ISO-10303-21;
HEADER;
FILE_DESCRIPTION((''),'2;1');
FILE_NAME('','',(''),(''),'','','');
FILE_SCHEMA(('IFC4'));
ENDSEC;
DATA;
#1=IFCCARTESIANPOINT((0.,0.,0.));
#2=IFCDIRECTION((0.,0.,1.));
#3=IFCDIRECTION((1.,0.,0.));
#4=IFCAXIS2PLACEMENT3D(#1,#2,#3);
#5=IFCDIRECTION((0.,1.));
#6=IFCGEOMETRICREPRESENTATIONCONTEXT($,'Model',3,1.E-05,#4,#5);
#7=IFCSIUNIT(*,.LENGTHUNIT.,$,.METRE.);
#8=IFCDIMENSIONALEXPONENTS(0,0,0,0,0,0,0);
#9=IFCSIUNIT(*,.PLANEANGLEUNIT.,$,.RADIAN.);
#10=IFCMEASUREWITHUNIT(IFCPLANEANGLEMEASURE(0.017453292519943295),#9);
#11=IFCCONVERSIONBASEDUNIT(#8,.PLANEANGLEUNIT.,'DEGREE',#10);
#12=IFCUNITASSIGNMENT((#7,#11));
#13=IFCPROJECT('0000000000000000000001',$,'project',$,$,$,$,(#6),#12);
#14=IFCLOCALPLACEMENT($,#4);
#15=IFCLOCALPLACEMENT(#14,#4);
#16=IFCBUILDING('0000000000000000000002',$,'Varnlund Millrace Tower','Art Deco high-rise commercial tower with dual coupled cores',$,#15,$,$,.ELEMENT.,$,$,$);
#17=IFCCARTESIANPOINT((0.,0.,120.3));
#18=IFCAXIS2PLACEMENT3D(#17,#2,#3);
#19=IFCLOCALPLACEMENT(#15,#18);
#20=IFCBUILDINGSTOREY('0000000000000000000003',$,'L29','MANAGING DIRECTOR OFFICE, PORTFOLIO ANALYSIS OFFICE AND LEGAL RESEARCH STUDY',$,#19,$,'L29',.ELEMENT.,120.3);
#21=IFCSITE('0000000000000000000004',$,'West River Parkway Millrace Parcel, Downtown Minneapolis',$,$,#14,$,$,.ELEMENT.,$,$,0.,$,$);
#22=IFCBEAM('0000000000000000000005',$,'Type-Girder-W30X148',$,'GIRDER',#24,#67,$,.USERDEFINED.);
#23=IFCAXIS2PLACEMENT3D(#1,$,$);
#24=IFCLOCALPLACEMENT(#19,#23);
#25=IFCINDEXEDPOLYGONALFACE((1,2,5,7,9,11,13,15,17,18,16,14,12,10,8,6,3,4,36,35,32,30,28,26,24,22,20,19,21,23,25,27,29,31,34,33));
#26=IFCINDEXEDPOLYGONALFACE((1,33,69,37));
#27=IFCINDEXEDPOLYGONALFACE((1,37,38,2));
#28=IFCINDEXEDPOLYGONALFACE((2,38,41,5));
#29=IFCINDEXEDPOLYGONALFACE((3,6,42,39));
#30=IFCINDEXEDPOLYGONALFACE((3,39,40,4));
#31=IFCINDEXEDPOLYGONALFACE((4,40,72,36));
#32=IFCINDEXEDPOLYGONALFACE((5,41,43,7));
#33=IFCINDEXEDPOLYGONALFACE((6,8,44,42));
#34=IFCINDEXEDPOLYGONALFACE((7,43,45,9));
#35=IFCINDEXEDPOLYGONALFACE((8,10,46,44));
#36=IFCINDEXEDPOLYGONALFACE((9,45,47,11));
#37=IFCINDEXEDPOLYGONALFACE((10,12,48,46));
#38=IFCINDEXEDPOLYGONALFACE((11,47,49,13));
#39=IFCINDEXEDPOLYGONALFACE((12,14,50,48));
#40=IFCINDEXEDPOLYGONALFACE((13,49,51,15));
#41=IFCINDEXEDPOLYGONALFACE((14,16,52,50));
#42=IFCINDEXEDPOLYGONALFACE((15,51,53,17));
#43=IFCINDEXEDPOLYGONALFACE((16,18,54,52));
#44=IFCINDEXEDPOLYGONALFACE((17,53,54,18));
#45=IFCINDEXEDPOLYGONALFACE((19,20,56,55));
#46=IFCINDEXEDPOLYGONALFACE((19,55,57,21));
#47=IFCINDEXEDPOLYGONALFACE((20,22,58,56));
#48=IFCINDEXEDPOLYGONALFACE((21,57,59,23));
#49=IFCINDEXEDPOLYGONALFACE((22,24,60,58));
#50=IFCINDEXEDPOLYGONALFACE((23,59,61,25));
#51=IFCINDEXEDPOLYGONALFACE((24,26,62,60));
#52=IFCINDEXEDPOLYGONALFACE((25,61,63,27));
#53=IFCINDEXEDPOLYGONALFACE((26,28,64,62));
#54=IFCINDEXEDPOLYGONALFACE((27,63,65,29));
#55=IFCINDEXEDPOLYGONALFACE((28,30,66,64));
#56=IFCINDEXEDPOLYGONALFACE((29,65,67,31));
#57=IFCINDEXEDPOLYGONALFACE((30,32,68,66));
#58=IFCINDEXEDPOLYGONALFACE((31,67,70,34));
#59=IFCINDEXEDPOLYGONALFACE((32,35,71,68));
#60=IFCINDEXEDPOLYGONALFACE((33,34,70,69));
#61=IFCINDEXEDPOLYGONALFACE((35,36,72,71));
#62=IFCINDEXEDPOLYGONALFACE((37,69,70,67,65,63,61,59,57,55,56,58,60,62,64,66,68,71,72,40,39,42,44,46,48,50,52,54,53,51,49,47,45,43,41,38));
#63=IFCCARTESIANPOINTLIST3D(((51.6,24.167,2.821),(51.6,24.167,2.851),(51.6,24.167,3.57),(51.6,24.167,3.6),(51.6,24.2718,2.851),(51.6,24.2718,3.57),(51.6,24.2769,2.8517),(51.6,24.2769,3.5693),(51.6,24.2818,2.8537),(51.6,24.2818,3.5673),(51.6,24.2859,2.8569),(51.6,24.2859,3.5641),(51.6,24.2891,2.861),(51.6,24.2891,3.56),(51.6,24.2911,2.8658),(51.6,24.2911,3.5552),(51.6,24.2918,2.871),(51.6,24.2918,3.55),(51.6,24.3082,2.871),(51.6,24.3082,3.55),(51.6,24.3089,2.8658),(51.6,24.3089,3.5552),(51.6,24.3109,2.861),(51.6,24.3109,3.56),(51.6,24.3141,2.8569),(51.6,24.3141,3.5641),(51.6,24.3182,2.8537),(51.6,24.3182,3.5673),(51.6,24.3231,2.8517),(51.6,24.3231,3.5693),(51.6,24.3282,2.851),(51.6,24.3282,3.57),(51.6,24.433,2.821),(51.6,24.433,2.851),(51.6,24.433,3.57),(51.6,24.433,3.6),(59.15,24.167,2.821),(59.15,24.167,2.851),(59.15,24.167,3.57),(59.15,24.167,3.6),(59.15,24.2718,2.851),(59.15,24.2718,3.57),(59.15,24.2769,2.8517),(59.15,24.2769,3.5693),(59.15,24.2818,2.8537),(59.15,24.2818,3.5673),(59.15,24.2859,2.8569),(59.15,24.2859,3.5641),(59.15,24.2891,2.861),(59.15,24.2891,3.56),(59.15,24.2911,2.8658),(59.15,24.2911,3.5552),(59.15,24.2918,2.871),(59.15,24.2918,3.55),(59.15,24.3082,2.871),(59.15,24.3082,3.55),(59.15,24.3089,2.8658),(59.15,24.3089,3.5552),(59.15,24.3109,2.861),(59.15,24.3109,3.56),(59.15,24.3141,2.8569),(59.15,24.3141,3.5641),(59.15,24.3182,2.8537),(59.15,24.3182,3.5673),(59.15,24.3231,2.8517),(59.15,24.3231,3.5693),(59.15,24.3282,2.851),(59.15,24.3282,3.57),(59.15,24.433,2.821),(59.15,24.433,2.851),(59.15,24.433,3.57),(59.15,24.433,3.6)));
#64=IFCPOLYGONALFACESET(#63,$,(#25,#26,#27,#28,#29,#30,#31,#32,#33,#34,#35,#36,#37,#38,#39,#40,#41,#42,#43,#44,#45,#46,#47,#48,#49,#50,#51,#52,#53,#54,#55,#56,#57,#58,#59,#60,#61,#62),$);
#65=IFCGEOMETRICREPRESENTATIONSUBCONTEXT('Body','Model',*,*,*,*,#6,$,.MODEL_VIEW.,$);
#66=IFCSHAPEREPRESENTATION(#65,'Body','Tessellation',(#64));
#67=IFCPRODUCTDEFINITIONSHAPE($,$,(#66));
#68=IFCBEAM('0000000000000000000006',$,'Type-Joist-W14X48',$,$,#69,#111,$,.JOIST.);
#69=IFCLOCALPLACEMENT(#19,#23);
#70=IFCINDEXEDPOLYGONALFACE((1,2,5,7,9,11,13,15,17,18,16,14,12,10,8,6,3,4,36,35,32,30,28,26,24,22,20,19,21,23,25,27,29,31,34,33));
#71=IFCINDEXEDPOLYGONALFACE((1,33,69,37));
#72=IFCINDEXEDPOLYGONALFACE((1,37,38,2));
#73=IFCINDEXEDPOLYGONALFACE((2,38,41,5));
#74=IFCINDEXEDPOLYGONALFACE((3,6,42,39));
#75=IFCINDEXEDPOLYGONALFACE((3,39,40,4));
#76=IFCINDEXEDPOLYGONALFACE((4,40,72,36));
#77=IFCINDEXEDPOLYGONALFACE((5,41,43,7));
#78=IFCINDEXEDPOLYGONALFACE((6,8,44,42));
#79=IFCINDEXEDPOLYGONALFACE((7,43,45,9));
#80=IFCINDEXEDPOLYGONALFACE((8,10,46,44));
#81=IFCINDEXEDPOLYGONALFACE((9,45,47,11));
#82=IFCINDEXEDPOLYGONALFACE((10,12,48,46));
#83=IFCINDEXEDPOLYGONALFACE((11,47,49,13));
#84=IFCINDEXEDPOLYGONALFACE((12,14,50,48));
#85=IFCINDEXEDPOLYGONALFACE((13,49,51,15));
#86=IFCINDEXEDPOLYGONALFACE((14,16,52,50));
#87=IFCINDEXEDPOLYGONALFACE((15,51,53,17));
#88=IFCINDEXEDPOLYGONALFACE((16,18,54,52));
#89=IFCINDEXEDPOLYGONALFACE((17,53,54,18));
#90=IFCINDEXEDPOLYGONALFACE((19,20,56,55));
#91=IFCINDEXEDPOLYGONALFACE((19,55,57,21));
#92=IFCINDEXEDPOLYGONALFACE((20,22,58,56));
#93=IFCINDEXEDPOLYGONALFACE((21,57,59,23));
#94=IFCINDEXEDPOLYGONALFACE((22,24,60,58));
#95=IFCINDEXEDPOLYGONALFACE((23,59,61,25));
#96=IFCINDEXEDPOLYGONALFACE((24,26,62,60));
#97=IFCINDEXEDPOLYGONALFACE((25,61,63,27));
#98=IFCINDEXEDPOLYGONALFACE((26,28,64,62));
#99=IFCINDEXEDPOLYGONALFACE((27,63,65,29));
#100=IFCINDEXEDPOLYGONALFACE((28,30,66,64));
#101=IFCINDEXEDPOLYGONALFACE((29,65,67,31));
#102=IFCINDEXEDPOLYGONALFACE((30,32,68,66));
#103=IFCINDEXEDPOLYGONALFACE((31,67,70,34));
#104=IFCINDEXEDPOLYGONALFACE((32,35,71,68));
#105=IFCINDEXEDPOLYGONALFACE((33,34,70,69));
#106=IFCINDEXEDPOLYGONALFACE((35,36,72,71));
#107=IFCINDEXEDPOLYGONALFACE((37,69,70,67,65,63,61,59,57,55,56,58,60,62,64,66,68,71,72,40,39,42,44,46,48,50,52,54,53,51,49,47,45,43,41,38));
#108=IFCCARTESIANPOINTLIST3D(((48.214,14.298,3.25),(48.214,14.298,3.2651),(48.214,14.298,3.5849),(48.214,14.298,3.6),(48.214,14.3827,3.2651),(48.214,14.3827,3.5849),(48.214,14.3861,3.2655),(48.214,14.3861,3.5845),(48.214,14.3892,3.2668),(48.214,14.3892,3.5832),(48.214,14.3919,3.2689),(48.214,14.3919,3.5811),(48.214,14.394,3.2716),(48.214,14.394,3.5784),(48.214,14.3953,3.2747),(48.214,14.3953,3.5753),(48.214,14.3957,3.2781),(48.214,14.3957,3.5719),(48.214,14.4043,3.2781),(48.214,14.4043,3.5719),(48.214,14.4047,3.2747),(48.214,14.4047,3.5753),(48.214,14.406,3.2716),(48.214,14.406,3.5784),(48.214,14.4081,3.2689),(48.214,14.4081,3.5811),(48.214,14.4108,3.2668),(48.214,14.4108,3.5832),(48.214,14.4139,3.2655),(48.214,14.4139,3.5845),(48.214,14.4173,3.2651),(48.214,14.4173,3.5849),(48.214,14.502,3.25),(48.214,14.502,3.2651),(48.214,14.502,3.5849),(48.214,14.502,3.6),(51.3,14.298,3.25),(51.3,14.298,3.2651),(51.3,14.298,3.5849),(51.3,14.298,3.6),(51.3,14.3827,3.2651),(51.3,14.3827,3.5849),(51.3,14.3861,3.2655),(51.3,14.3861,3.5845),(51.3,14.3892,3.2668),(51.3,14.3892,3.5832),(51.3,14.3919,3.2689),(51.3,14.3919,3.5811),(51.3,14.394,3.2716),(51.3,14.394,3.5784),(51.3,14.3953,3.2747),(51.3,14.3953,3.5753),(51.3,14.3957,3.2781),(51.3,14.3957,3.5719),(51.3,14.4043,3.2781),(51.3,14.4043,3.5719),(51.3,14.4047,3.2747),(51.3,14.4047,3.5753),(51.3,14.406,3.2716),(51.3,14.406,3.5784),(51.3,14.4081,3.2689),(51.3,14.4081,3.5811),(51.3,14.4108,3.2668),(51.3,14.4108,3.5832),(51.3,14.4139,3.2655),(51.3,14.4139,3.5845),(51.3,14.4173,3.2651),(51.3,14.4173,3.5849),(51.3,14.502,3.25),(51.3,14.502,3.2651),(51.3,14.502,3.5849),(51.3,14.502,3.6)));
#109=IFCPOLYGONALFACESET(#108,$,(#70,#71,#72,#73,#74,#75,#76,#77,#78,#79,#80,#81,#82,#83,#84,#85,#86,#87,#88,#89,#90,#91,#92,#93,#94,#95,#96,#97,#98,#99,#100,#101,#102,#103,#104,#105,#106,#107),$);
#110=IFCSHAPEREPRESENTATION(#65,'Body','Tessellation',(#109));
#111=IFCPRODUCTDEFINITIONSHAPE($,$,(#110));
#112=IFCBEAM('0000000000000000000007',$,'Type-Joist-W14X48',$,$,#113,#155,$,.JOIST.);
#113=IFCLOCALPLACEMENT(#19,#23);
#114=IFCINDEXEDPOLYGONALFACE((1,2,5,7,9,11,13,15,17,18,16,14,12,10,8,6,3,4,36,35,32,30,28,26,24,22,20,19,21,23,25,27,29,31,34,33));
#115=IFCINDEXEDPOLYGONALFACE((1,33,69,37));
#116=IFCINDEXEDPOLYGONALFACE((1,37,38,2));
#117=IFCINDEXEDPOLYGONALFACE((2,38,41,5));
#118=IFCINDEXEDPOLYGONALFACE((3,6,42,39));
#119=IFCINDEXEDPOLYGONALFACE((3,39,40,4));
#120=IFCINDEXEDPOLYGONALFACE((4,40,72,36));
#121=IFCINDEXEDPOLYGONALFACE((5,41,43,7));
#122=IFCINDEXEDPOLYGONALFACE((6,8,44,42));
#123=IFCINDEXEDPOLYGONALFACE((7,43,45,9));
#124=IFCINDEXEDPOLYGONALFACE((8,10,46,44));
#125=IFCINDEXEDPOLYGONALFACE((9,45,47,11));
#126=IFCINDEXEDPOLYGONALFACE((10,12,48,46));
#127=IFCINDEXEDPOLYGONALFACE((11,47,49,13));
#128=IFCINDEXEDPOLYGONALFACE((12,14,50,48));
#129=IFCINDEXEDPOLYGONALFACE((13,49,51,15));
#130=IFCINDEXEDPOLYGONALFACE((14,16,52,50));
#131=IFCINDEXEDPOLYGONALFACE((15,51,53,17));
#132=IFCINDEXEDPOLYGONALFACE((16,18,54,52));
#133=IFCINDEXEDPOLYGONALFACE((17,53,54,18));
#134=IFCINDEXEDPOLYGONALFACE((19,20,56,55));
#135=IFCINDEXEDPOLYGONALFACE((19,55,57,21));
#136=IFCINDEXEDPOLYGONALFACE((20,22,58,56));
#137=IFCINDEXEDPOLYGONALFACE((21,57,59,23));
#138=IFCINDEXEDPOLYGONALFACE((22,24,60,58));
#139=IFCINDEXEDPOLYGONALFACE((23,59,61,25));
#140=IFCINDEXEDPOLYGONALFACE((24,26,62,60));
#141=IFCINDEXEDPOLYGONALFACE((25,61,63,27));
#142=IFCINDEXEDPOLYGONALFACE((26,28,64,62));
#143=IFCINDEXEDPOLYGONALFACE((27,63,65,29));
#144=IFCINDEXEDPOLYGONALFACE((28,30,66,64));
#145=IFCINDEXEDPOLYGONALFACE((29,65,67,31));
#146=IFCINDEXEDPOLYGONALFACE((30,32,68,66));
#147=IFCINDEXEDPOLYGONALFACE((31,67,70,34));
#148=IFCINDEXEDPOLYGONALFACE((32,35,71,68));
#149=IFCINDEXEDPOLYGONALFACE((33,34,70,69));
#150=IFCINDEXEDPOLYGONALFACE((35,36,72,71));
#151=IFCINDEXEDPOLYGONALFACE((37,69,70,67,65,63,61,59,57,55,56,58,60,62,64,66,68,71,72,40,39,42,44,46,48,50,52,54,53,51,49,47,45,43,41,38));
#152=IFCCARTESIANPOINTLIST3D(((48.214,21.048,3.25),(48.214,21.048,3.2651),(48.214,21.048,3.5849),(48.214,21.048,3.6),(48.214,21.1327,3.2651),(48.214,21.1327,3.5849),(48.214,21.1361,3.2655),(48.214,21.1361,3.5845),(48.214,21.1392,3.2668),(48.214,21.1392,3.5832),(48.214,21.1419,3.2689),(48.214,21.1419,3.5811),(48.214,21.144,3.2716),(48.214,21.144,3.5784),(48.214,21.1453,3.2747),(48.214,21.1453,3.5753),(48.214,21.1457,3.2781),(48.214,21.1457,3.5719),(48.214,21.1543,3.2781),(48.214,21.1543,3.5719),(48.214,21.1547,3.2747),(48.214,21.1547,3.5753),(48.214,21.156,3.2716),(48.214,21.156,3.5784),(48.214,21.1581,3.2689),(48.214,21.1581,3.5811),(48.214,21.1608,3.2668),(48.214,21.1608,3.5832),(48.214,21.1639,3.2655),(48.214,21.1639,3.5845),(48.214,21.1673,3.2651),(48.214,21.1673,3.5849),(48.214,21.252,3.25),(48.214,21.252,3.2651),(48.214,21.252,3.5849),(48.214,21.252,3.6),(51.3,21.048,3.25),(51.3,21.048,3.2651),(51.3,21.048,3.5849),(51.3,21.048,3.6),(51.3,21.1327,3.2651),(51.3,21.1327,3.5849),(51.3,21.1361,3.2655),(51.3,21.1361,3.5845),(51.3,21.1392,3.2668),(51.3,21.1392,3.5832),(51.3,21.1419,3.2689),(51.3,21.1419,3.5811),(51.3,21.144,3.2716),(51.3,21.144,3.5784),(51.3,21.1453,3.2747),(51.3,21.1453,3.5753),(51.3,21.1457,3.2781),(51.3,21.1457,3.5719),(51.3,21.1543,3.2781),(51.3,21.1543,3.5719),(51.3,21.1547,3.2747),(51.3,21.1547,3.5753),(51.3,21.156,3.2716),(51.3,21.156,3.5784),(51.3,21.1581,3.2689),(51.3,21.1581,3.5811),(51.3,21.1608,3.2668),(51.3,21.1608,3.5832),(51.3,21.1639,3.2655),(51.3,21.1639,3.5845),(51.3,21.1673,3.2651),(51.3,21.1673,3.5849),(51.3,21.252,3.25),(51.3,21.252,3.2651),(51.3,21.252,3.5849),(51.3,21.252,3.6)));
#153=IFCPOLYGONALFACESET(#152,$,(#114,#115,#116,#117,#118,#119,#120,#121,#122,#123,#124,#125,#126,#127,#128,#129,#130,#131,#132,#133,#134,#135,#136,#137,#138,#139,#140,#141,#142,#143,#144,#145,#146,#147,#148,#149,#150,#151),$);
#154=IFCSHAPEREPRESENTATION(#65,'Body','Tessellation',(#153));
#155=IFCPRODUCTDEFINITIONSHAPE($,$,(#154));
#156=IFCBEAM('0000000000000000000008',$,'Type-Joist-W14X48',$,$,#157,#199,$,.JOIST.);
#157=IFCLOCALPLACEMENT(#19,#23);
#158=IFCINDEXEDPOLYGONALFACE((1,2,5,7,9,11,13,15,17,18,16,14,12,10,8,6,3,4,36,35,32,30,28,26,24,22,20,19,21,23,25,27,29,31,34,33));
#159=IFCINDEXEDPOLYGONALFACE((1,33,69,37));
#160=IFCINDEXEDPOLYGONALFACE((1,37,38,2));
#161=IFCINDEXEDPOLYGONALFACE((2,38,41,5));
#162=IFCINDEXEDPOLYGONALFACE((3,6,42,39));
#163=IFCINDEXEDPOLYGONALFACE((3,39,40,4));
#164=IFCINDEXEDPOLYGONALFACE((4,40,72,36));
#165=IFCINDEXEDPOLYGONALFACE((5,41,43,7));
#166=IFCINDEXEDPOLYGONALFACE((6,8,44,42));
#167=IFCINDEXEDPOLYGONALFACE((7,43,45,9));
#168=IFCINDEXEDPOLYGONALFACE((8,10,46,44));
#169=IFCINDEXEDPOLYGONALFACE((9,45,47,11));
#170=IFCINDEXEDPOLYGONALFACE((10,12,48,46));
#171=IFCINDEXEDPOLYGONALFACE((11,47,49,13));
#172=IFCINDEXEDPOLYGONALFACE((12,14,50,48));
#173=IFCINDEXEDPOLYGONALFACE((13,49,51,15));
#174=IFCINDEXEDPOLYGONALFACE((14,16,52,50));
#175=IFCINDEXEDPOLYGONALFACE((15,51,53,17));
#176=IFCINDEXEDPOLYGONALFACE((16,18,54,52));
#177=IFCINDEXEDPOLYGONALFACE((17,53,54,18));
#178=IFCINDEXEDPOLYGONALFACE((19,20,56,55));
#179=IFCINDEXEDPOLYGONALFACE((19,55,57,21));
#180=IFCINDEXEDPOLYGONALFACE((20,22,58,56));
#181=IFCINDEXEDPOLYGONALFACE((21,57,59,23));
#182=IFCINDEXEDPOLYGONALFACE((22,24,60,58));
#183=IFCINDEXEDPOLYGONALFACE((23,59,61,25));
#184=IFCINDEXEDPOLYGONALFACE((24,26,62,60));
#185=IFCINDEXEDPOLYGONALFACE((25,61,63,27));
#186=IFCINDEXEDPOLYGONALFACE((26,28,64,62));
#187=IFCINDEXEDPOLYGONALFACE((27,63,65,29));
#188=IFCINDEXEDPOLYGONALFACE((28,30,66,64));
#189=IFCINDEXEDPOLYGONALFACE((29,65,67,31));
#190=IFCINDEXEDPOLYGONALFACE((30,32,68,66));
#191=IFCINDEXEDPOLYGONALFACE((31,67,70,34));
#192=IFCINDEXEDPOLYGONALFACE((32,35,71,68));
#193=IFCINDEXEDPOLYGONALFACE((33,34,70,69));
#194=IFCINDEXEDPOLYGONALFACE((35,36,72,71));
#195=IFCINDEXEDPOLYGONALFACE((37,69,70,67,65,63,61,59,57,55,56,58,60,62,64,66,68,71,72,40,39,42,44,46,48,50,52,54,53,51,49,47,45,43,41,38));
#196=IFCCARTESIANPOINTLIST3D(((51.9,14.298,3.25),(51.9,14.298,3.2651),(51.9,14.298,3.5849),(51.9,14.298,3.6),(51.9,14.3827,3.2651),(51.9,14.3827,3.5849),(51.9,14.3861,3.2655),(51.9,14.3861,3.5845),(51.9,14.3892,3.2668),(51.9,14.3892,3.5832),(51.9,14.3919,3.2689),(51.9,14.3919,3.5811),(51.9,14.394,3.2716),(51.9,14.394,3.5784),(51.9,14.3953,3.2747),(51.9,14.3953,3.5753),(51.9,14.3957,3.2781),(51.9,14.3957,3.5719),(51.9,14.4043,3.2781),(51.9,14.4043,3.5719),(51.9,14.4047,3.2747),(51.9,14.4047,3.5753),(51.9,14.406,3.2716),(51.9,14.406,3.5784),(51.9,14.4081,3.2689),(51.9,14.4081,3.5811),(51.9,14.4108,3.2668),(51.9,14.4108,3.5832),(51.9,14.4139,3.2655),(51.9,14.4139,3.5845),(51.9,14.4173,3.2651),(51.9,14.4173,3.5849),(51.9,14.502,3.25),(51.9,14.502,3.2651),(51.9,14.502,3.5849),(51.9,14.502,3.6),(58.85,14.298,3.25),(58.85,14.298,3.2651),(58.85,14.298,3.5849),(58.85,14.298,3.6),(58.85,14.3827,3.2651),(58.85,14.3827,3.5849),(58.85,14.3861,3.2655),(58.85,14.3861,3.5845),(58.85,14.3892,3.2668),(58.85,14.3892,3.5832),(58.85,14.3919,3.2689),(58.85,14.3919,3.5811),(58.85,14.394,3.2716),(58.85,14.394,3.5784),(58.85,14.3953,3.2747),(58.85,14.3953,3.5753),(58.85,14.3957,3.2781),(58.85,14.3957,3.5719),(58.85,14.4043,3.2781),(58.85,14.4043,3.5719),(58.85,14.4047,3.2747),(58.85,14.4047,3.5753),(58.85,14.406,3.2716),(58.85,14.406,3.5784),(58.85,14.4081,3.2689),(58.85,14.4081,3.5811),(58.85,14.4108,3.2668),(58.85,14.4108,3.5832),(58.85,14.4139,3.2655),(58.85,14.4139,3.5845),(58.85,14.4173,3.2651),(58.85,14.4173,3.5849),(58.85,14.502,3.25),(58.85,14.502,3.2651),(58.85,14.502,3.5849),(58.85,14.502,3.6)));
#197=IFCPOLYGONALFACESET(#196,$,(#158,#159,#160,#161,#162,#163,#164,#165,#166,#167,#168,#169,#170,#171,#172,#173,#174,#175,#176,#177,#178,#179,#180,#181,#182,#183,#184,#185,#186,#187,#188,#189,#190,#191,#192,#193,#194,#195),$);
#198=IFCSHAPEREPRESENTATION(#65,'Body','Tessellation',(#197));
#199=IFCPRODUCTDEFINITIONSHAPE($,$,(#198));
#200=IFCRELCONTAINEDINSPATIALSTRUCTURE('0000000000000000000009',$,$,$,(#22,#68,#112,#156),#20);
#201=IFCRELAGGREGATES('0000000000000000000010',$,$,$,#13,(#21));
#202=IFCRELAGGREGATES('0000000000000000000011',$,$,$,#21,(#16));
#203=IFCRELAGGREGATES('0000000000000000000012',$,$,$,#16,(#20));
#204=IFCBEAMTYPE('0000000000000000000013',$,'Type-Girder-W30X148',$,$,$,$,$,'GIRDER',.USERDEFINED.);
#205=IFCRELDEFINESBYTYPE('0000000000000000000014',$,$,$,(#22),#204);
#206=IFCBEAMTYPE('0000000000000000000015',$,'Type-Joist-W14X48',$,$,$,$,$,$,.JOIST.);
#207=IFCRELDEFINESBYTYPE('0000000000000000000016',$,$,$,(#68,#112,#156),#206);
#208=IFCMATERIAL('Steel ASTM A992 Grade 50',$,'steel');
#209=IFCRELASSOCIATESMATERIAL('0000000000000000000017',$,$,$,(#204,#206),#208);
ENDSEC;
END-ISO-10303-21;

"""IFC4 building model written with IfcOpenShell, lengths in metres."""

from ifc_helpers import new_model, entity, si_unit, converted_unit, direction, frame, origin_with_axes, origin_2d_with_axis, place, context, subcontext, project, spatial, i_section, extrude, material, material_profile, profile_set, type_object, element, save


model = new_model("IFC4")

# Units and contexts
model_context = context("Model", 3, precision=1e-05, world=origin_with_axes(), true_north=direction((0.0, 1.0)))
body_context = subcontext(model_context, "Body", "Model", "MODEL_VIEW")
ifc_project = project(units=[si_unit("LENGTHUNIT", "METRE"), converted_unit("PLANEANGLEUNIT", "DEGREE", entity("IfcPlaneAngleMeasure", 0.017453292519943295), si_unit("PLANEANGLEUNIT", "RADIAN"), dimensions=[0, 0, 0, 0, 0, 0, 0])], contexts=[model_context])

# Site, building, storey
site_placement = place(None, origin_with_axes())
site = spatial("IfcSite", under=ifc_project, at=site_placement, Name="West River Parkway Millrace Parcel, Downtown Minneapolis", CompositionType="ELEMENT", RefElevation=0.0)
building_placement = place(site_placement, origin_with_axes())
building = spatial("IfcBuilding", under=site, at=building_placement, Name="Varnlund Millrace Tower", Description="Art Deco high-rise commercial tower with dual coupled cores", CompositionType="ELEMENT")
storey_placement = place(building_placement, frame((0.0, 0.0, 120.3), z_axis=(0.0, 0.0, 1.0), x_axis=(1.0, 0.0, 0.0)))
storey = spatial("IfcBuildingStorey", under=building, at=storey_placement, Name="L29", Description="MANAGING DIRECTOR OFFICE, PORTFOLIO ANALYSIS OFFICE AND LEGAL RESEARCH STUDY", LongName="L29", CompositionType="ELEMENT", Elevation=120.3)

# Beams
ifc_material_1 = material(Name="Steel ASTM A992 Grade 50", Category="steel")
ifc_material_profile_1 = material_profile(ifc_material_1, i_section(OverallWidth=0.266, OverallDepth=0.779, WebThickness=0.0165, FlangeThickness=0.03, FilletRadius=0.02, at=origin_2d_with_axis()), Name="Steel ASTM A992 Grade 50")
ifc_profile_set_1 = profile_set([ifc_material_profile_1], Name="Steel ASTM A992 Grade 50")
beam_type_1 = type_object("IfcBeamType", Name="Type-Girder-W30X148", ElementType="GIRDER", PredefinedType="USERDEFINED", material=ifc_profile_set_1)
beam_1_placement = place(storey_placement, frame((51.6, 24.3, 3.2105), z_axis=(1.0, 0.0, 0.0), x_axis=(0.0, 1.0, 0.0)))
element("IfcBeam", 1, at=beam_1_placement, inside=storey, type_object=beam_type_1, Name="Type-Girder-W30X148", ObjectType="GIRDER", PredefinedType="USERDEFINED", context=body_context, shape_type="SweptSolid", body=[
    extrude(i_section(OverallWidth=0.266, OverallDepth=0.779, WebThickness=0.0165, FlangeThickness=0.03, FilletRadius=0.02, at=origin_2d_with_axis()), origin_with_axes(), (0.0, 0.0, 1.0), 7.55),
])
ifc_material_profile_2 = material_profile(ifc_material_1, i_section(OverallWidth=0.204, OverallDepth=0.35, WebThickness=0.0086, FlangeThickness=0.0151, FilletRadius=0.013, at=origin_2d_with_axis()), Name="Steel ASTM A992 Grade 50")
ifc_profile_set_2 = profile_set([ifc_material_profile_2], Name="Steel ASTM A992 Grade 50")
beam_type_2 = type_object("IfcBeamType", Name="Type-Joist-W14X48", PredefinedType="JOIST", material=ifc_profile_set_2)
for number, where, z_axis, x_axis, name in (
    (2, (48.214, 14.4, 3.425), (1.0, 0.0, 0.0), (0.0, 1.0, 0.0), "Type-Joist-W14X48"),
    (3, (48.214, 21.15, 3.425), (1.0, 0.0, 0.0), (0.0, 1.0, 0.0), "Type-Joist-W14X48"),
):
    element("IfcBeam", number, at=place(storey_placement, frame(where, z_axis=z_axis, x_axis=x_axis)), inside=storey, type_object=beam_type_2, Name=name, PredefinedType="JOIST", context=body_context, shape_type="SweptSolid", body=[
        extrude(i_section(OverallWidth=0.204, OverallDepth=0.35, WebThickness=0.0086, FlangeThickness=0.0151, FilletRadius=0.013, at=origin_2d_with_axis()), origin_with_axes(), (0.0, 0.0, 1.0), 3.086),
    ])
for number, where, z_axis, x_axis, name in (
    (4, (51.9, 14.4, 3.425), (1.0, 0.0, 0.0), (0.0, 1.0, 0.0), "Type-Joist-W14X48"),
):
    element("IfcBeam", number, at=place(storey_placement, frame(where, z_axis=z_axis, x_axis=x_axis)), inside=storey, type_object=beam_type_2, Name=name, PredefinedType="JOIST", context=body_context, shape_type="SweptSolid", body=[
        extrude(i_section(OverallWidth=0.204, OverallDepth=0.35, WebThickness=0.0086, FlangeThickness=0.0151, FilletRadius=0.013, at=origin_2d_with_axis()), origin_with_axes(), (0.0, 0.0, 1.0), 6.95),
    ])

save(model, "model.ifc")
